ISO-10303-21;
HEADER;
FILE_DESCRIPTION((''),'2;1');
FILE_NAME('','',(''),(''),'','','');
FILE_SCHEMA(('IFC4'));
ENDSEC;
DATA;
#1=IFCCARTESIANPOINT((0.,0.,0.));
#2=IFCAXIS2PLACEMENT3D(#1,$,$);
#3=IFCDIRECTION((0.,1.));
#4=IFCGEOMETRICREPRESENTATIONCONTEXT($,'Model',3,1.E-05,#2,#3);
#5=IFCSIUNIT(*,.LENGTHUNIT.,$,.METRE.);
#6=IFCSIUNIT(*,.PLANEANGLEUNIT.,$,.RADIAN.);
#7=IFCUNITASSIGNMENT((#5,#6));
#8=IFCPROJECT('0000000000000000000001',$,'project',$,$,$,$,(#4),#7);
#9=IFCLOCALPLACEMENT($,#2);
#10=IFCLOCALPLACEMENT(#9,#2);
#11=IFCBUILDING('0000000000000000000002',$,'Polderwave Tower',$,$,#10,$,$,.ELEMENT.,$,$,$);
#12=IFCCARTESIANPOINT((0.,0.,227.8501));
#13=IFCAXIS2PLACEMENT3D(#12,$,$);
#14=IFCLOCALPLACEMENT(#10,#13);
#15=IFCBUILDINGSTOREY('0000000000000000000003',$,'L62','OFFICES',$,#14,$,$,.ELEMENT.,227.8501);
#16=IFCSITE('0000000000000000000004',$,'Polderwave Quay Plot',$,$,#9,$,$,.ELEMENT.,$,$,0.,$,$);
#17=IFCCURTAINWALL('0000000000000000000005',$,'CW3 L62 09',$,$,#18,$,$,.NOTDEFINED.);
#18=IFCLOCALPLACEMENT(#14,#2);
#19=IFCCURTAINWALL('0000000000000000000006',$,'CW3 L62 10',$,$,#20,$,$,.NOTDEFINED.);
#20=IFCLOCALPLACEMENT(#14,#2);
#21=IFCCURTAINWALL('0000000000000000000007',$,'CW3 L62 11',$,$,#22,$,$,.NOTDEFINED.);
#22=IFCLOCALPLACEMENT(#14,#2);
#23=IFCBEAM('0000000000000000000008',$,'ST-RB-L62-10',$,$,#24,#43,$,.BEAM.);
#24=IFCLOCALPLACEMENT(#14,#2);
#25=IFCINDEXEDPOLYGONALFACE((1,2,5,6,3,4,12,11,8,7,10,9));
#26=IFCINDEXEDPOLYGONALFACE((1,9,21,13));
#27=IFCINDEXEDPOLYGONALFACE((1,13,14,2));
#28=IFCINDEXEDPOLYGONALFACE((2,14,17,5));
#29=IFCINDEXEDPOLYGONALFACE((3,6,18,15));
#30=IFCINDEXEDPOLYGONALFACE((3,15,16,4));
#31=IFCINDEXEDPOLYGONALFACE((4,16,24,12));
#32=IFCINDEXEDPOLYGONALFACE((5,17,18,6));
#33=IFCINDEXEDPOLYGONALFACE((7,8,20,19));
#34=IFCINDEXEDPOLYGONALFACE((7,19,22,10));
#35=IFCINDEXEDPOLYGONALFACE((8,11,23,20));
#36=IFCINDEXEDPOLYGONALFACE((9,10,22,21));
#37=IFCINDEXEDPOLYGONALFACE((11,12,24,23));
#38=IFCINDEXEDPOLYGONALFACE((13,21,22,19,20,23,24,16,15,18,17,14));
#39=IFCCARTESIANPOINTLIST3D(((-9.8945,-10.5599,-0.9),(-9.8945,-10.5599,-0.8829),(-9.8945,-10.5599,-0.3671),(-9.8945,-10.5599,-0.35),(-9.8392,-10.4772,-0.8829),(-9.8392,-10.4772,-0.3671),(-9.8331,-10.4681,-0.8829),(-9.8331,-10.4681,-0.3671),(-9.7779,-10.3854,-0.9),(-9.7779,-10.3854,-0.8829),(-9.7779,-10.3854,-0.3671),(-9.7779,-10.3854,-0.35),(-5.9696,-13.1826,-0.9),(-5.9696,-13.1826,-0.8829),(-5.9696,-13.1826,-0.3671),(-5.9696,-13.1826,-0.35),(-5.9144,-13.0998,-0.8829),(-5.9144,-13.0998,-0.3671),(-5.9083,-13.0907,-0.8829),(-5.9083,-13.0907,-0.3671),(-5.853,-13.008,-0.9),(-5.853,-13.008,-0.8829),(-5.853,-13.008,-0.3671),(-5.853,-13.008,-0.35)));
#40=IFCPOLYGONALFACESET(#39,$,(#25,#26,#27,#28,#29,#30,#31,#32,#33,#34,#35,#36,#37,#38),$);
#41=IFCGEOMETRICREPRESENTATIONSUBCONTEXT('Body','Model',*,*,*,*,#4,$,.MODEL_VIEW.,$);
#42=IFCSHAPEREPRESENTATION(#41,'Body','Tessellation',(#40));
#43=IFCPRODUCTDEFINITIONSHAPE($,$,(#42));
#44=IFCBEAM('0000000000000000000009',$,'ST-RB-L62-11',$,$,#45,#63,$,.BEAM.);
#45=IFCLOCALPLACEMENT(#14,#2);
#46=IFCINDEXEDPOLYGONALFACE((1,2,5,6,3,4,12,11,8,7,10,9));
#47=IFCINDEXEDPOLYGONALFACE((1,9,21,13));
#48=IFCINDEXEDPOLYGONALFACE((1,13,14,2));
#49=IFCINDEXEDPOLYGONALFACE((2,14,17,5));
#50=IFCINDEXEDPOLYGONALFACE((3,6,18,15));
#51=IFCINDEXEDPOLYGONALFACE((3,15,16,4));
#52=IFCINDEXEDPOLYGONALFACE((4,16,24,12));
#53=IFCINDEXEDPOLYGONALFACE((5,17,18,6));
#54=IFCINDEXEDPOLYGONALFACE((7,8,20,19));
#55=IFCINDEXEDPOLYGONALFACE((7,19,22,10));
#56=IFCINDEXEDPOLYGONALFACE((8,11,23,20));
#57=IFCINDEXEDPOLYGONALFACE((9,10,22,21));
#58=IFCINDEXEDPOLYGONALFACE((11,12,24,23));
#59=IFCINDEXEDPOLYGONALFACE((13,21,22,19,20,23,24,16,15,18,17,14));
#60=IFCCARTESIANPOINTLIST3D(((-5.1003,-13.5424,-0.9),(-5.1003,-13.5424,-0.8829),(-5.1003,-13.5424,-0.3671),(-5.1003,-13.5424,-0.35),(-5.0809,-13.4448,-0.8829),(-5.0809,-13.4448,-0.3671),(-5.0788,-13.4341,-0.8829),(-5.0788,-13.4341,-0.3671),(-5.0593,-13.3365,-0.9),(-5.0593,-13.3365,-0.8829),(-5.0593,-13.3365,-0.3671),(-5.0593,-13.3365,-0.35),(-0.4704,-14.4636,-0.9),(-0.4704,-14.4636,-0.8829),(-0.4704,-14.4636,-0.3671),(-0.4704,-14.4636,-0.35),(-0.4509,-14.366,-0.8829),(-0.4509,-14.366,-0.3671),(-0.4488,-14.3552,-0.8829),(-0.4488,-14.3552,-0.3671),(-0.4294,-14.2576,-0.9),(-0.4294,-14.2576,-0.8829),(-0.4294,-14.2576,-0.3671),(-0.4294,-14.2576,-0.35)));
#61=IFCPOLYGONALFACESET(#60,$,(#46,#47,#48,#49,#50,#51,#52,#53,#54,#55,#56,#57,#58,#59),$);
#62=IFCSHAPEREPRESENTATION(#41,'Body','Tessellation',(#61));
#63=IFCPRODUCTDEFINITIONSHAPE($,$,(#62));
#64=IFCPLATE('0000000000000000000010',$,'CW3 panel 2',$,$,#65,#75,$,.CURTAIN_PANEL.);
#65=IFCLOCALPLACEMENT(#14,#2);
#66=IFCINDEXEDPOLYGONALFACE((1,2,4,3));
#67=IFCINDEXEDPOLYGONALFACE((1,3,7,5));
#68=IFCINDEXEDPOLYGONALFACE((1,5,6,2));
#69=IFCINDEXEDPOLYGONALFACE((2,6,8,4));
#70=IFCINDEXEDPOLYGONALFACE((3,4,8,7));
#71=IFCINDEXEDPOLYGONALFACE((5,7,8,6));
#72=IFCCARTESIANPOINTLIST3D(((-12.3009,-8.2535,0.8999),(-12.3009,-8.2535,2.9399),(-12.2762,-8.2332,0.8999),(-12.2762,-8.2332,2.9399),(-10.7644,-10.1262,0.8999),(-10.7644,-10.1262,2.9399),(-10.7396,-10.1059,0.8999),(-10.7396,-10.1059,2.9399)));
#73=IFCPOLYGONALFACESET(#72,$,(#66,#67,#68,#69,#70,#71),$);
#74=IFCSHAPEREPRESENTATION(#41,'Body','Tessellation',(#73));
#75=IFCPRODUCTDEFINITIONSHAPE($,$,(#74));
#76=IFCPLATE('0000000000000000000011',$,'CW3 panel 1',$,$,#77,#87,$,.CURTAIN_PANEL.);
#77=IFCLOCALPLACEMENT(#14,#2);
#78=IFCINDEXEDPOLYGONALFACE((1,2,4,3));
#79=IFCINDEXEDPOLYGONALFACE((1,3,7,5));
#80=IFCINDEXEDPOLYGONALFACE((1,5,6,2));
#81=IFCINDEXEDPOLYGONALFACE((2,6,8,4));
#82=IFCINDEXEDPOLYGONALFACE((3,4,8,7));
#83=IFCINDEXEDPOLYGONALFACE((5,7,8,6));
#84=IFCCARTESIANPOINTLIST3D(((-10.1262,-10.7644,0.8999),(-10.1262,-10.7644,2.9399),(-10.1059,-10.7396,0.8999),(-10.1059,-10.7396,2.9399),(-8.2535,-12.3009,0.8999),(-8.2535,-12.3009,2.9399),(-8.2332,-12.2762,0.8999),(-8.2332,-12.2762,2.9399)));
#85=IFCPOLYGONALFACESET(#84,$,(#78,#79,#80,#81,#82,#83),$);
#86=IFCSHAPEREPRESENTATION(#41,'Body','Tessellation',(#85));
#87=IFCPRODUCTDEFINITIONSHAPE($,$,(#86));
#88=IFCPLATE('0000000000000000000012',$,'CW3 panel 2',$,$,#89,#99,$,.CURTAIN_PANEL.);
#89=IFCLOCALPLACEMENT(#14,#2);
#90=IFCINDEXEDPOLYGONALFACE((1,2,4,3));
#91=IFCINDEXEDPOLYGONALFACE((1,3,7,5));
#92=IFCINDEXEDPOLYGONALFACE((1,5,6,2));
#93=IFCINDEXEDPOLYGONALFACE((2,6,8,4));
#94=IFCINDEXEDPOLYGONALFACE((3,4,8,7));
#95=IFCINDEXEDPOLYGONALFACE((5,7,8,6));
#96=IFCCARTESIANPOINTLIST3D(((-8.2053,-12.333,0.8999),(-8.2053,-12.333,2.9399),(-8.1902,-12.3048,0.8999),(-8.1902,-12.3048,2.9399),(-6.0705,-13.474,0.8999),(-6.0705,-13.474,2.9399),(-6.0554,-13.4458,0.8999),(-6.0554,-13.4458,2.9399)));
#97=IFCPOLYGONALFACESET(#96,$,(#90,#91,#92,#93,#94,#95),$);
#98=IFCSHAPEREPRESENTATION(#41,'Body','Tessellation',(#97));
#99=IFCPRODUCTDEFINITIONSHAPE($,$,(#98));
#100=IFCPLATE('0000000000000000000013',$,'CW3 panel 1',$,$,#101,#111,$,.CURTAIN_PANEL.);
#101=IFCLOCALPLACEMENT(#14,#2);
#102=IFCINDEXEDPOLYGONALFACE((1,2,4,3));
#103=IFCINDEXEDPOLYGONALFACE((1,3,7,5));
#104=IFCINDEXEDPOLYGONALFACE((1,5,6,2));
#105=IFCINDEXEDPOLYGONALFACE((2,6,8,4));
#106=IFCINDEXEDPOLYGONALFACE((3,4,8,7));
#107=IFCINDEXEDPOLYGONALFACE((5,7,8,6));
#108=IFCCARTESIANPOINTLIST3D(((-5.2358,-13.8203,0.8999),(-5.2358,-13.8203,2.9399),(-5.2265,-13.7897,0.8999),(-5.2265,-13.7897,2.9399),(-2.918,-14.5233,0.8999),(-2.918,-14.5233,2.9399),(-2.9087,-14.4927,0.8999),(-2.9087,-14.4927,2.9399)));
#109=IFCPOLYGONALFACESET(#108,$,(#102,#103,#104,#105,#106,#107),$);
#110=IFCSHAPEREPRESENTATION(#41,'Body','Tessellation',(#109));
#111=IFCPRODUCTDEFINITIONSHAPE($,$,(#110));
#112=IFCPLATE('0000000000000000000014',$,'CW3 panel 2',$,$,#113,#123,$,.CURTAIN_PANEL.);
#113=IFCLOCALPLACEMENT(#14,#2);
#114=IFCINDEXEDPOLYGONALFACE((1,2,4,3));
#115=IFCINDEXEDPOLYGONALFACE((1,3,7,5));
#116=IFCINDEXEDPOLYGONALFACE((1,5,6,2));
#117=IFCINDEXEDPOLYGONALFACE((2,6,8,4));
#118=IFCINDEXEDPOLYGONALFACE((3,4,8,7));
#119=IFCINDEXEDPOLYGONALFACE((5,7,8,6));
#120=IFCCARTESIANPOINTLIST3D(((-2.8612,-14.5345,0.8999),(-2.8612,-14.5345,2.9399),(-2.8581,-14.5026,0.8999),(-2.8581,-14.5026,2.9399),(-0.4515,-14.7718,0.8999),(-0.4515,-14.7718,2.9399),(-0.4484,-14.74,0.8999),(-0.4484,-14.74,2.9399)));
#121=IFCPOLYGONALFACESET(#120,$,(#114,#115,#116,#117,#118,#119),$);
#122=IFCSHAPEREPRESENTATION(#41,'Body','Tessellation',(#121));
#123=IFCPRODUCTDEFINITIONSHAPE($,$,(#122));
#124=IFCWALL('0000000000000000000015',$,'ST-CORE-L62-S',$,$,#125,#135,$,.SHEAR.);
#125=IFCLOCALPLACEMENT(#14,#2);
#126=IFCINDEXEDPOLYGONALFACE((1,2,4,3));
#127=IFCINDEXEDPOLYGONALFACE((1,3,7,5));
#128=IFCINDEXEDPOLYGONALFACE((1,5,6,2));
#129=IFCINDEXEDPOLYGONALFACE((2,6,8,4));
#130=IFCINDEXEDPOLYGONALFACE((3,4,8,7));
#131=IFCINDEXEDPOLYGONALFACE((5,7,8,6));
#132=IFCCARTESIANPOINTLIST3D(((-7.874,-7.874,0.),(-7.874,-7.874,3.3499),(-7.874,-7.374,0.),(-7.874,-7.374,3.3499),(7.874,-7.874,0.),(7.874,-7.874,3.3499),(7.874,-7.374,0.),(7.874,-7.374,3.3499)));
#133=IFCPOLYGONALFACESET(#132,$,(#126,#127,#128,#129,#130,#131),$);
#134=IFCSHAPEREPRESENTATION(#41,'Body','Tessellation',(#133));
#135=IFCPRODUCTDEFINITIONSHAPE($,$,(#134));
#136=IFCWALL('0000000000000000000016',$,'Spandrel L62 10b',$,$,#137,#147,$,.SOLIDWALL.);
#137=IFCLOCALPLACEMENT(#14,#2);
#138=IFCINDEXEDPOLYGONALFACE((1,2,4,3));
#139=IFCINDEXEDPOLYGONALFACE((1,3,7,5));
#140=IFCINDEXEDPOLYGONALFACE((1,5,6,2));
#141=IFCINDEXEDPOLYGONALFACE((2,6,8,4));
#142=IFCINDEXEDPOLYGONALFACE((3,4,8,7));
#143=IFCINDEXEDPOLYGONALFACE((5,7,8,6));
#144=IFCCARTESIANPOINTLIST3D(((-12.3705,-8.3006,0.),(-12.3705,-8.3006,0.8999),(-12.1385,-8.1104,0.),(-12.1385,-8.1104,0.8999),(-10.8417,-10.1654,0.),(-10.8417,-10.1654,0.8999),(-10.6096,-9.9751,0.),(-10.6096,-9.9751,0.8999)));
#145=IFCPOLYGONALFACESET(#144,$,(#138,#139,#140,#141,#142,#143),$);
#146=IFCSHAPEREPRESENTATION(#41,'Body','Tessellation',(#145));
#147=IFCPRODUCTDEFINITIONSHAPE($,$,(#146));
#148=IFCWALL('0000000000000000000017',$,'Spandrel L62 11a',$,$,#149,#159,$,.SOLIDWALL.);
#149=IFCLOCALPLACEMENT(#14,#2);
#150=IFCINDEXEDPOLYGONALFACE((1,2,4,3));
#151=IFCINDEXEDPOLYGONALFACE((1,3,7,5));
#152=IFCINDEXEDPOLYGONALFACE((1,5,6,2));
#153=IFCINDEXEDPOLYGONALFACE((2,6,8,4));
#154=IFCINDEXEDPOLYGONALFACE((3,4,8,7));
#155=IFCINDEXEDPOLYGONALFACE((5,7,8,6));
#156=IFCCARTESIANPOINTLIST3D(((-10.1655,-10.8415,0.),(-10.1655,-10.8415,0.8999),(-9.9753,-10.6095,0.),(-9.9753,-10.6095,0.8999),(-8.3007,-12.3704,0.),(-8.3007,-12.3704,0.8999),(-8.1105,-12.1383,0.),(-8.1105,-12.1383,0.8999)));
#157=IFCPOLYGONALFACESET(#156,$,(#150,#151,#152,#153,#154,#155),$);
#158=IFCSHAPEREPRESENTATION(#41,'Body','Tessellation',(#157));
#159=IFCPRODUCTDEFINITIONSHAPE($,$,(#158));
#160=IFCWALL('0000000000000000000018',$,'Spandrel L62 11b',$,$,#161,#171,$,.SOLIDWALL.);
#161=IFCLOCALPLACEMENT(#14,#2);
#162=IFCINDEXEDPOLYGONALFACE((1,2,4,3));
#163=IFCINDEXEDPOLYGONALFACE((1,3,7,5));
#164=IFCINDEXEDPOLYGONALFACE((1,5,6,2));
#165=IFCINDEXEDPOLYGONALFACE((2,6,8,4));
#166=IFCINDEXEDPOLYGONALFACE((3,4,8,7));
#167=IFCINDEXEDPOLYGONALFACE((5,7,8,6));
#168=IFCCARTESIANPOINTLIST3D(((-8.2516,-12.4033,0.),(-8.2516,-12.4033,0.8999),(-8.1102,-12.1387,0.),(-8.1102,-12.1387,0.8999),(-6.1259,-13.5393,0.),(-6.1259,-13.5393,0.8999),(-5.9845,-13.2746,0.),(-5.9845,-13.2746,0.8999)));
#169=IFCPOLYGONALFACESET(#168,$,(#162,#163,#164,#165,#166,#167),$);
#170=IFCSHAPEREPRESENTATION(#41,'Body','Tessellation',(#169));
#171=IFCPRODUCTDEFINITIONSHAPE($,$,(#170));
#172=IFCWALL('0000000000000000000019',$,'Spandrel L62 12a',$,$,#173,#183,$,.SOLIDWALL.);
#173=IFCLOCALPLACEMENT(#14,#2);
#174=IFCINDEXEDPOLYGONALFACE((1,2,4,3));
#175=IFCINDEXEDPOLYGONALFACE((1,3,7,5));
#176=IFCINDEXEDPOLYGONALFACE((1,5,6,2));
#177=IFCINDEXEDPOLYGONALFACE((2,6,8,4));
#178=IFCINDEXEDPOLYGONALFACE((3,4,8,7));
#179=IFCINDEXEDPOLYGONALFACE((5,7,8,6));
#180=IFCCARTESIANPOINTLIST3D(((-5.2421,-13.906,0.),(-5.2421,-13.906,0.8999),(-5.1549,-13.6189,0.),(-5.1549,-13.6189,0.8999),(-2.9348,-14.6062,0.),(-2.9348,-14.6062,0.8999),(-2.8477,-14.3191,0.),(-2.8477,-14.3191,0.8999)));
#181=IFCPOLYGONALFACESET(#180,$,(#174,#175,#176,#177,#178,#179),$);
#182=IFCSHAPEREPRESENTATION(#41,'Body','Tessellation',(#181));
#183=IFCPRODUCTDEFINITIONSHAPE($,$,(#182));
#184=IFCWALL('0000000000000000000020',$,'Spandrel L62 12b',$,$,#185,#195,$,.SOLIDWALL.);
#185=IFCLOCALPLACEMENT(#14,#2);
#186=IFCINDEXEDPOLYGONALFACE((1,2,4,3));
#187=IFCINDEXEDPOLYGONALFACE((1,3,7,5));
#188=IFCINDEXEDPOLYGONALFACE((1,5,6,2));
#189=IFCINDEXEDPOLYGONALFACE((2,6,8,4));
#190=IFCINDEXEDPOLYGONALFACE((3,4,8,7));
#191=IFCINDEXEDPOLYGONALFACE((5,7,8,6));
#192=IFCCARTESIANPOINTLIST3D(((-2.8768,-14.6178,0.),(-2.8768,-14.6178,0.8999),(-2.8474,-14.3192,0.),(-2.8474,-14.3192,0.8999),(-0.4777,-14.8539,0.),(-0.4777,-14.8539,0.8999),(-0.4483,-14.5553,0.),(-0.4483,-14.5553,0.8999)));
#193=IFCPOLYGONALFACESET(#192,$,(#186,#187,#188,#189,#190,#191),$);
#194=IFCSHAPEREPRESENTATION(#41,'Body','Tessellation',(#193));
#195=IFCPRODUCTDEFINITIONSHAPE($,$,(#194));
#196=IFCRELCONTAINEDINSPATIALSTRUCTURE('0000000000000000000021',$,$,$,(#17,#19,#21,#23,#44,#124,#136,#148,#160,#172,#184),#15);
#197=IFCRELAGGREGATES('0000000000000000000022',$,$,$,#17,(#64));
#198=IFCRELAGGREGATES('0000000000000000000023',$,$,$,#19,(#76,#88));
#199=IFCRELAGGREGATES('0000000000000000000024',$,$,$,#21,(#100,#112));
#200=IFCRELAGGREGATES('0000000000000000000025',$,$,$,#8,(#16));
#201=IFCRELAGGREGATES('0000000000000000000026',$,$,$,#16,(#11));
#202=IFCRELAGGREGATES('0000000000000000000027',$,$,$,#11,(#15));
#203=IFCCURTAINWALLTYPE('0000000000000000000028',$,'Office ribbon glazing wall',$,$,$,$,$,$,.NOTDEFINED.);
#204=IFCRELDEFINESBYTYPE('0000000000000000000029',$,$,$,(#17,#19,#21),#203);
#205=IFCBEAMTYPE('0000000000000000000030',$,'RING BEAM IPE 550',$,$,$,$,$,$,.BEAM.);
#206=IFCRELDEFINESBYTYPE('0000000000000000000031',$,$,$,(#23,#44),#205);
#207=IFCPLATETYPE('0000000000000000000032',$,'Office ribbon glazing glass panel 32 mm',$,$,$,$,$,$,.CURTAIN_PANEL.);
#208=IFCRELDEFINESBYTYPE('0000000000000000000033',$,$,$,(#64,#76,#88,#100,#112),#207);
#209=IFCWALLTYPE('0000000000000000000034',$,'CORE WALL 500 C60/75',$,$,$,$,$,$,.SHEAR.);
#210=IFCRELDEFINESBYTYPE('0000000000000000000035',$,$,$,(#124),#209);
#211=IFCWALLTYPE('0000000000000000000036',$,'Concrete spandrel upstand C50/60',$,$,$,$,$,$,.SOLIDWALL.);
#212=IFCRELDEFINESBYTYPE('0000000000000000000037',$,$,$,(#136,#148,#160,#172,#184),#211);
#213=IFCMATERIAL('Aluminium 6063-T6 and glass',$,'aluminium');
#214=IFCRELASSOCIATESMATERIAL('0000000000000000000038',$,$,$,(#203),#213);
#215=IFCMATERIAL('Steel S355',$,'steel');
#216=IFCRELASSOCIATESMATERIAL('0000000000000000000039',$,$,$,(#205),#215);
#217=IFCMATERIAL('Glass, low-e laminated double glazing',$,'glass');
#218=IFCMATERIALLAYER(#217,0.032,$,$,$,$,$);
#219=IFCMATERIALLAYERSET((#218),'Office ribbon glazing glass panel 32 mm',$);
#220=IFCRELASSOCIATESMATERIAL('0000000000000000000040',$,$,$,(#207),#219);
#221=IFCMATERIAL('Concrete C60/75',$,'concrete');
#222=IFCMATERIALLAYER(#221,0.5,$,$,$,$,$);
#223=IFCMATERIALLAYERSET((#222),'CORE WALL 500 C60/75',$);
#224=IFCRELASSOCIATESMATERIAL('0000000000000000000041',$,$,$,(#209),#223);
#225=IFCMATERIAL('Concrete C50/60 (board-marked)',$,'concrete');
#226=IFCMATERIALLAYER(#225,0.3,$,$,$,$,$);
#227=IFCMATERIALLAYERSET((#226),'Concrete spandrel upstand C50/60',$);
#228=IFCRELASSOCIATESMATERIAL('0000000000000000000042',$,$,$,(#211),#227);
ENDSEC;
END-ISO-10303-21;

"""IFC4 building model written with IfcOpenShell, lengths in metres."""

from ifc_helpers import new_model, si_unit, direction, frame, frame_2d, origin, origin_2d, place, context, subcontext, project, spatial, rectangle, i_section, extrude, material, layer, layer_set, material_profile, profile_set, type_object, element, aggregate, save


model = new_model("IFC4")

# Units and contexts
model_context = context("Model", 3, precision=1e-05, world=origin(), true_north=direction((0.0, 1.0)))
body_context = subcontext(model_context, "Body", "Model", "MODEL_VIEW")
ifc_project = project(units=[si_unit("LENGTHUNIT", "METRE"), si_unit("PLANEANGLEUNIT", "RADIAN")], contexts=[model_context])

# Site, building, storey
site_placement = place(None, origin())
site = spatial("IfcSite", under=ifc_project, at=site_placement, Name="Polderwave Quay Plot", CompositionType="ELEMENT", RefElevation=0.0)
building_placement = place(site_placement, origin())
building = spatial("IfcBuilding", under=site, at=building_placement, Name="Polderwave Tower", CompositionType="ELEMENT")
storey_placement = place(building_placement, frame((0.0, 0.0, 227.8501)))
storey = spatial("IfcBuildingStorey", under=building, at=storey_placement, Name="L62", Description="OFFICES", CompositionType="ELEMENT", Elevation=227.8501)

# Shared definitions
ifc_material_1 = material(Name="Concrete C60/75", Category="concrete")

# Curtain walls
ifc_material_2 = material(Name="Aluminium 6063-T6 and glass", Category="aluminium")
curtain_wall_type = type_object("IfcCurtainWallType", Name="Office ribbon glazing wall", PredefinedType="NOTDEFINED", material=ifc_material_2)
curtain_wall_1_placement = place(storey_placement, origin())
curtain_wall_1 = element("IfcCurtainWall", 1, at=curtain_wall_1_placement, inside=storey, type_object=curtain_wall_type, Name="CW3 L62 09", PredefinedType="NOTDEFINED")
curtain_wall_2_placement = place(storey_placement, origin())
curtain_wall_2 = element("IfcCurtainWall", 2, at=curtain_wall_2_placement, inside=storey, type_object=curtain_wall_type, Name="CW3 L62 10", PredefinedType="NOTDEFINED")
curtain_wall_3_placement = place(storey_placement, origin())
curtain_wall_3 = element("IfcCurtainWall", 3, at=curtain_wall_3_placement, inside=storey, type_object=curtain_wall_type, Name="CW3 L62 11", PredefinedType="NOTDEFINED")

# Beams
ifc_material_3 = material(Name="Steel S355", Category="steel")
ifc_material_profile_1 = material_profile(ifc_material_3, i_section(OverallWidth=0.21, OverallDepth=0.55, WebThickness=0.011, FlangeThickness=0.0171, at=origin_2d()), Name="IPE 550")
ifc_profile_set_1 = profile_set([ifc_material_profile_1], Name="Steel S355")
beam_type = type_object("IfcBeamType", Name="RING BEAM IPE 550", PredefinedType="BEAM", material=ifc_profile_set_1)
beam_1_placement = place(storey_placement, frame((-9.8362, -10.4727, -0.625), z_axis=(0.831461, -0.555583, 0.0), x_axis=(0.555583, 0.831461, 0.0)))
element("IfcBeam", 4, at=beam_1_placement, inside=storey, type_object=beam_type, Name="ST-RB-L62-10", PredefinedType="BEAM", context=body_context, shape_type="SweptSolid", body=[
    extrude(i_section(OverallWidth=0.21, OverallDepth=0.55, WebThickness=0.011, FlangeThickness=0.0171, at=origin_2d()), origin(), (0.0, 0.0, 1.0), 4.7205),
])
beam_2_placement = place(storey_placement, frame((-5.0798, -13.4395, -0.625), z_axis=(0.980777, -0.195131, 0.0), x_axis=(0.195131, 0.980777, 0.0)))
element("IfcBeam", 5, at=beam_2_placement, inside=storey, type_object=beam_type, Name="ST-RB-L62-11", PredefinedType="BEAM", context=body_context, shape_type="SweptSolid", body=[
    extrude(i_section(OverallWidth=0.21, OverallDepth=0.55, WebThickness=0.011, FlangeThickness=0.0171, at=origin_2d()), origin(), (0.0, 0.0, 1.0), 4.7207),
])

# Plates
ifc_material_4 = material(Name="Glass, low-e laminated double glazing", Category="glass")
ifc_layer_1 = layer(ifc_material_4, 0.032)
ifc_layer_set_1 = layer_set([ifc_layer_1], Name="Office ribbon glazing glass panel 32 mm")
plate_type = type_object("IfcPlateType", Name="Office ribbon glazing glass panel 32 mm", PredefinedType="CURTAIN_PANEL", material=ifc_layer_set_1)
plate_1_placement = place(storey_placement, frame((-11.5203, -9.1797, 0.8999), z_axis=(0.0, 0.0, 1.0), x_axis=(0.634304, -0.773084, 0.0)))
plate_1 = element("IfcPlate", 6, at=plate_1_placement, type_object=plate_type, Name="CW3 panel 2", PredefinedType="CURTAIN_PANEL", context=body_context, shape_type="SweptSolid", body=[
    extrude(rectangle(XDim=2.4224, YDim=0.032, at=origin_2d()), origin(), (0.0, 0.0, 1.0), 2.04),
])
aggregate(curtain_wall_1, [plate_1])
plate_2_placement = place(storey_placement, frame((-9.1797, -11.5203, 0.8999), z_axis=(0.0, 0.0, 1.0), x_axis=(0.773084, -0.634304, 0.0)))
plate_2 = element("IfcPlate", 7, at=plate_2_placement, type_object=plate_type, Name="CW3 panel 1", PredefinedType="CURTAIN_PANEL", context=body_context, shape_type="SweptSolid", body=[
    extrude(rectangle(XDim=2.4224, YDim=0.032, at=origin_2d()), origin(), (0.0, 0.0, 1.0), 2.04),
])
plate_3_placement = place(storey_placement, frame((-7.1304, -12.8894, 0.8999), z_axis=(0.0, 0.0, 1.0), x_axis=(0.881923, -0.471394, 0.0)))
plate_3 = element("IfcPlate", 8, at=plate_3_placement, type_object=plate_type, Name="CW3 panel 2", PredefinedType="CURTAIN_PANEL", context=body_context, shape_type="SweptSolid", body=[
    extrude(rectangle(XDim=2.4207, YDim=0.032, at=origin_2d()), origin(), (0.0, 0.0, 1.0), 2.04),
])
aggregate(curtain_wall_2, [plate_2, plate_3])
plate_4_placement = place(storey_placement, frame((-4.0723, -14.1565, 0.8999), z_axis=(0.0, 0.0, 1.0), x_axis=(0.956945, -0.290268, 0.0)))
plate_4 = element("IfcPlate", 9, at=plate_4_placement, type_object=plate_type, Name="CW3 panel 1", PredefinedType="CURTAIN_PANEL", context=body_context, shape_type="SweptSolid", body=[
    extrude(rectangle(XDim=2.4221, YDim=0.032, at=origin_2d()), origin(), (0.0, 0.0, 1.0), 2.04),
])
plate_5_placement = place(storey_placement, frame((-1.6548, -14.6372, 0.8999), z_axis=(0.0, 0.0, 1.0), x_axis=(0.995186, -0.098008, 0.0)))
plate_5 = element("IfcPlate", 10, at=plate_5_placement, type_object=plate_type, Name="CW3 panel 2", PredefinedType="CURTAIN_PANEL", context=body_context, shape_type="SweptSolid", body=[
    extrude(rectangle(XDim=2.4214, YDim=0.032, at=origin_2d()), origin(), (0.0, 0.0, 1.0), 2.04),
])
aggregate(curtain_wall_3, [plate_4, plate_5])

# Walls
ifc_layer_2 = layer(ifc_material_1, 0.5)
ifc_layer_set_2 = layer_set([ifc_layer_2], Name="CORE WALL 500 C60/75")
wall_type_1 = type_object("IfcWallType", Name="CORE WALL 500 C60/75", PredefinedType="SHEAR", material=ifc_layer_set_2)
wall_1_placement = place(storey_placement, frame((-7.874, -7.624, 0.0), z_axis=(0.0, 0.0, 1.0), x_axis=(1.0, 0.0, 0.0)))
element("IfcWall", 11, at=wall_1_placement, inside=storey, type_object=wall_type_1, Name="ST-CORE-L62-S", PredefinedType="SHEAR", context=body_context, shape_type="SweptSolid", body=[
    extrude(rectangle(XDim=15.748, YDim=0.5, at=frame_2d((7.874, 0.0))), origin(), (0.0, 0.0, 1.0), 3.3499),
])
ifc_material_5 = material(Name="Concrete C50/60 (board-marked)", Category="concrete")
ifc_layer_3 = layer(ifc_material_5, 0.3)
ifc_layer_set_3 = layer_set([ifc_layer_3], Name="Concrete spandrel upstand C50/60")
wall_type_2 = type_object("IfcWallType", Name="Concrete spandrel upstand C50/60", PredefinedType="SOLIDWALL", material=ifc_layer_set_3)
for number, where, z_axis, x_axis, name in (
    (12, (-12.2544, -8.2056, 0.0), (0.0, 0.0, 1.0), (0.634009, -0.773325, 0.0), "Spandrel L62 10b"),
    (13, (-10.0703, -10.7256, 0.0), (0.0, 0.0, 1.0), (0.773325, -0.634009, 0.0), "Spandrel L62 11a"),
):
    element("IfcWall", number, at=place(storey_placement, frame(where, z_axis=z_axis, x_axis=x_axis)), inside=storey, type_object=wall_type_2, Name=name, PredefinedType="SOLIDWALL", context=body_context, shape_type="SweptSolid", body=[
        extrude(rectangle(XDim=2.4114, YDim=0.3, at=frame_2d((1.2056, 0.0))), origin(), (0.0, 0.0, 1.0), 0.8999),
    ])
wall_2_placement = place(storey_placement, frame((-8.1809, -12.271, 0.0), z_axis=(0.0, 0.0, 1.0), x_axis=(0.881963, -0.471319, 0.0)))
element("IfcWall", 14, at=wall_2_placement, inside=storey, type_object=wall_type_2, Name="Spandrel L62 11b", PredefinedType="SOLIDWALL", context=body_context, shape_type="SweptSolid", body=[
    extrude(rectangle(XDim=2.4102, YDim=0.3, at=frame_2d((1.2051, 0.0))), origin(), (0.0, 0.0, 1.0), 0.8999),
])
wall_3_placement = place(storey_placement, frame((-5.1985, -13.7625, 0.0), z_axis=(0.0, 0.0, 1.0), x_axis=(0.956902, -0.290412, 0.0)))
element("IfcWall", 15, at=wall_3_placement, inside=storey, type_object=wall_type_2, Name="Spandrel L62 12a", PredefinedType="SOLIDWALL", context=body_context, shape_type="SweptSolid", body=[
    extrude(rectangle(XDim=2.4111, YDim=0.3, at=frame_2d((1.2056, 0.0))), origin(), (0.0, 0.0, 1.0), 0.8999),
])
wall_4_placement = place(storey_placement, frame((-2.8621, -14.4685, 0.0), z_axis=(0.0, 0.0, 1.0), x_axis=(0.995193, -0.097929, 0.0)))
element("IfcWall", 16, at=wall_4_placement, inside=storey, type_object=wall_type_2, Name="Spandrel L62 12b", PredefinedType="SOLIDWALL", context=body_context, shape_type="SweptSolid", body=[
    extrude(rectangle(XDim=2.4106, YDim=0.3, at=frame_2d((1.2053, 0.0))), origin(), (0.0, 0.0, 1.0), 0.8999),
])

save(model, "model.ifc")
